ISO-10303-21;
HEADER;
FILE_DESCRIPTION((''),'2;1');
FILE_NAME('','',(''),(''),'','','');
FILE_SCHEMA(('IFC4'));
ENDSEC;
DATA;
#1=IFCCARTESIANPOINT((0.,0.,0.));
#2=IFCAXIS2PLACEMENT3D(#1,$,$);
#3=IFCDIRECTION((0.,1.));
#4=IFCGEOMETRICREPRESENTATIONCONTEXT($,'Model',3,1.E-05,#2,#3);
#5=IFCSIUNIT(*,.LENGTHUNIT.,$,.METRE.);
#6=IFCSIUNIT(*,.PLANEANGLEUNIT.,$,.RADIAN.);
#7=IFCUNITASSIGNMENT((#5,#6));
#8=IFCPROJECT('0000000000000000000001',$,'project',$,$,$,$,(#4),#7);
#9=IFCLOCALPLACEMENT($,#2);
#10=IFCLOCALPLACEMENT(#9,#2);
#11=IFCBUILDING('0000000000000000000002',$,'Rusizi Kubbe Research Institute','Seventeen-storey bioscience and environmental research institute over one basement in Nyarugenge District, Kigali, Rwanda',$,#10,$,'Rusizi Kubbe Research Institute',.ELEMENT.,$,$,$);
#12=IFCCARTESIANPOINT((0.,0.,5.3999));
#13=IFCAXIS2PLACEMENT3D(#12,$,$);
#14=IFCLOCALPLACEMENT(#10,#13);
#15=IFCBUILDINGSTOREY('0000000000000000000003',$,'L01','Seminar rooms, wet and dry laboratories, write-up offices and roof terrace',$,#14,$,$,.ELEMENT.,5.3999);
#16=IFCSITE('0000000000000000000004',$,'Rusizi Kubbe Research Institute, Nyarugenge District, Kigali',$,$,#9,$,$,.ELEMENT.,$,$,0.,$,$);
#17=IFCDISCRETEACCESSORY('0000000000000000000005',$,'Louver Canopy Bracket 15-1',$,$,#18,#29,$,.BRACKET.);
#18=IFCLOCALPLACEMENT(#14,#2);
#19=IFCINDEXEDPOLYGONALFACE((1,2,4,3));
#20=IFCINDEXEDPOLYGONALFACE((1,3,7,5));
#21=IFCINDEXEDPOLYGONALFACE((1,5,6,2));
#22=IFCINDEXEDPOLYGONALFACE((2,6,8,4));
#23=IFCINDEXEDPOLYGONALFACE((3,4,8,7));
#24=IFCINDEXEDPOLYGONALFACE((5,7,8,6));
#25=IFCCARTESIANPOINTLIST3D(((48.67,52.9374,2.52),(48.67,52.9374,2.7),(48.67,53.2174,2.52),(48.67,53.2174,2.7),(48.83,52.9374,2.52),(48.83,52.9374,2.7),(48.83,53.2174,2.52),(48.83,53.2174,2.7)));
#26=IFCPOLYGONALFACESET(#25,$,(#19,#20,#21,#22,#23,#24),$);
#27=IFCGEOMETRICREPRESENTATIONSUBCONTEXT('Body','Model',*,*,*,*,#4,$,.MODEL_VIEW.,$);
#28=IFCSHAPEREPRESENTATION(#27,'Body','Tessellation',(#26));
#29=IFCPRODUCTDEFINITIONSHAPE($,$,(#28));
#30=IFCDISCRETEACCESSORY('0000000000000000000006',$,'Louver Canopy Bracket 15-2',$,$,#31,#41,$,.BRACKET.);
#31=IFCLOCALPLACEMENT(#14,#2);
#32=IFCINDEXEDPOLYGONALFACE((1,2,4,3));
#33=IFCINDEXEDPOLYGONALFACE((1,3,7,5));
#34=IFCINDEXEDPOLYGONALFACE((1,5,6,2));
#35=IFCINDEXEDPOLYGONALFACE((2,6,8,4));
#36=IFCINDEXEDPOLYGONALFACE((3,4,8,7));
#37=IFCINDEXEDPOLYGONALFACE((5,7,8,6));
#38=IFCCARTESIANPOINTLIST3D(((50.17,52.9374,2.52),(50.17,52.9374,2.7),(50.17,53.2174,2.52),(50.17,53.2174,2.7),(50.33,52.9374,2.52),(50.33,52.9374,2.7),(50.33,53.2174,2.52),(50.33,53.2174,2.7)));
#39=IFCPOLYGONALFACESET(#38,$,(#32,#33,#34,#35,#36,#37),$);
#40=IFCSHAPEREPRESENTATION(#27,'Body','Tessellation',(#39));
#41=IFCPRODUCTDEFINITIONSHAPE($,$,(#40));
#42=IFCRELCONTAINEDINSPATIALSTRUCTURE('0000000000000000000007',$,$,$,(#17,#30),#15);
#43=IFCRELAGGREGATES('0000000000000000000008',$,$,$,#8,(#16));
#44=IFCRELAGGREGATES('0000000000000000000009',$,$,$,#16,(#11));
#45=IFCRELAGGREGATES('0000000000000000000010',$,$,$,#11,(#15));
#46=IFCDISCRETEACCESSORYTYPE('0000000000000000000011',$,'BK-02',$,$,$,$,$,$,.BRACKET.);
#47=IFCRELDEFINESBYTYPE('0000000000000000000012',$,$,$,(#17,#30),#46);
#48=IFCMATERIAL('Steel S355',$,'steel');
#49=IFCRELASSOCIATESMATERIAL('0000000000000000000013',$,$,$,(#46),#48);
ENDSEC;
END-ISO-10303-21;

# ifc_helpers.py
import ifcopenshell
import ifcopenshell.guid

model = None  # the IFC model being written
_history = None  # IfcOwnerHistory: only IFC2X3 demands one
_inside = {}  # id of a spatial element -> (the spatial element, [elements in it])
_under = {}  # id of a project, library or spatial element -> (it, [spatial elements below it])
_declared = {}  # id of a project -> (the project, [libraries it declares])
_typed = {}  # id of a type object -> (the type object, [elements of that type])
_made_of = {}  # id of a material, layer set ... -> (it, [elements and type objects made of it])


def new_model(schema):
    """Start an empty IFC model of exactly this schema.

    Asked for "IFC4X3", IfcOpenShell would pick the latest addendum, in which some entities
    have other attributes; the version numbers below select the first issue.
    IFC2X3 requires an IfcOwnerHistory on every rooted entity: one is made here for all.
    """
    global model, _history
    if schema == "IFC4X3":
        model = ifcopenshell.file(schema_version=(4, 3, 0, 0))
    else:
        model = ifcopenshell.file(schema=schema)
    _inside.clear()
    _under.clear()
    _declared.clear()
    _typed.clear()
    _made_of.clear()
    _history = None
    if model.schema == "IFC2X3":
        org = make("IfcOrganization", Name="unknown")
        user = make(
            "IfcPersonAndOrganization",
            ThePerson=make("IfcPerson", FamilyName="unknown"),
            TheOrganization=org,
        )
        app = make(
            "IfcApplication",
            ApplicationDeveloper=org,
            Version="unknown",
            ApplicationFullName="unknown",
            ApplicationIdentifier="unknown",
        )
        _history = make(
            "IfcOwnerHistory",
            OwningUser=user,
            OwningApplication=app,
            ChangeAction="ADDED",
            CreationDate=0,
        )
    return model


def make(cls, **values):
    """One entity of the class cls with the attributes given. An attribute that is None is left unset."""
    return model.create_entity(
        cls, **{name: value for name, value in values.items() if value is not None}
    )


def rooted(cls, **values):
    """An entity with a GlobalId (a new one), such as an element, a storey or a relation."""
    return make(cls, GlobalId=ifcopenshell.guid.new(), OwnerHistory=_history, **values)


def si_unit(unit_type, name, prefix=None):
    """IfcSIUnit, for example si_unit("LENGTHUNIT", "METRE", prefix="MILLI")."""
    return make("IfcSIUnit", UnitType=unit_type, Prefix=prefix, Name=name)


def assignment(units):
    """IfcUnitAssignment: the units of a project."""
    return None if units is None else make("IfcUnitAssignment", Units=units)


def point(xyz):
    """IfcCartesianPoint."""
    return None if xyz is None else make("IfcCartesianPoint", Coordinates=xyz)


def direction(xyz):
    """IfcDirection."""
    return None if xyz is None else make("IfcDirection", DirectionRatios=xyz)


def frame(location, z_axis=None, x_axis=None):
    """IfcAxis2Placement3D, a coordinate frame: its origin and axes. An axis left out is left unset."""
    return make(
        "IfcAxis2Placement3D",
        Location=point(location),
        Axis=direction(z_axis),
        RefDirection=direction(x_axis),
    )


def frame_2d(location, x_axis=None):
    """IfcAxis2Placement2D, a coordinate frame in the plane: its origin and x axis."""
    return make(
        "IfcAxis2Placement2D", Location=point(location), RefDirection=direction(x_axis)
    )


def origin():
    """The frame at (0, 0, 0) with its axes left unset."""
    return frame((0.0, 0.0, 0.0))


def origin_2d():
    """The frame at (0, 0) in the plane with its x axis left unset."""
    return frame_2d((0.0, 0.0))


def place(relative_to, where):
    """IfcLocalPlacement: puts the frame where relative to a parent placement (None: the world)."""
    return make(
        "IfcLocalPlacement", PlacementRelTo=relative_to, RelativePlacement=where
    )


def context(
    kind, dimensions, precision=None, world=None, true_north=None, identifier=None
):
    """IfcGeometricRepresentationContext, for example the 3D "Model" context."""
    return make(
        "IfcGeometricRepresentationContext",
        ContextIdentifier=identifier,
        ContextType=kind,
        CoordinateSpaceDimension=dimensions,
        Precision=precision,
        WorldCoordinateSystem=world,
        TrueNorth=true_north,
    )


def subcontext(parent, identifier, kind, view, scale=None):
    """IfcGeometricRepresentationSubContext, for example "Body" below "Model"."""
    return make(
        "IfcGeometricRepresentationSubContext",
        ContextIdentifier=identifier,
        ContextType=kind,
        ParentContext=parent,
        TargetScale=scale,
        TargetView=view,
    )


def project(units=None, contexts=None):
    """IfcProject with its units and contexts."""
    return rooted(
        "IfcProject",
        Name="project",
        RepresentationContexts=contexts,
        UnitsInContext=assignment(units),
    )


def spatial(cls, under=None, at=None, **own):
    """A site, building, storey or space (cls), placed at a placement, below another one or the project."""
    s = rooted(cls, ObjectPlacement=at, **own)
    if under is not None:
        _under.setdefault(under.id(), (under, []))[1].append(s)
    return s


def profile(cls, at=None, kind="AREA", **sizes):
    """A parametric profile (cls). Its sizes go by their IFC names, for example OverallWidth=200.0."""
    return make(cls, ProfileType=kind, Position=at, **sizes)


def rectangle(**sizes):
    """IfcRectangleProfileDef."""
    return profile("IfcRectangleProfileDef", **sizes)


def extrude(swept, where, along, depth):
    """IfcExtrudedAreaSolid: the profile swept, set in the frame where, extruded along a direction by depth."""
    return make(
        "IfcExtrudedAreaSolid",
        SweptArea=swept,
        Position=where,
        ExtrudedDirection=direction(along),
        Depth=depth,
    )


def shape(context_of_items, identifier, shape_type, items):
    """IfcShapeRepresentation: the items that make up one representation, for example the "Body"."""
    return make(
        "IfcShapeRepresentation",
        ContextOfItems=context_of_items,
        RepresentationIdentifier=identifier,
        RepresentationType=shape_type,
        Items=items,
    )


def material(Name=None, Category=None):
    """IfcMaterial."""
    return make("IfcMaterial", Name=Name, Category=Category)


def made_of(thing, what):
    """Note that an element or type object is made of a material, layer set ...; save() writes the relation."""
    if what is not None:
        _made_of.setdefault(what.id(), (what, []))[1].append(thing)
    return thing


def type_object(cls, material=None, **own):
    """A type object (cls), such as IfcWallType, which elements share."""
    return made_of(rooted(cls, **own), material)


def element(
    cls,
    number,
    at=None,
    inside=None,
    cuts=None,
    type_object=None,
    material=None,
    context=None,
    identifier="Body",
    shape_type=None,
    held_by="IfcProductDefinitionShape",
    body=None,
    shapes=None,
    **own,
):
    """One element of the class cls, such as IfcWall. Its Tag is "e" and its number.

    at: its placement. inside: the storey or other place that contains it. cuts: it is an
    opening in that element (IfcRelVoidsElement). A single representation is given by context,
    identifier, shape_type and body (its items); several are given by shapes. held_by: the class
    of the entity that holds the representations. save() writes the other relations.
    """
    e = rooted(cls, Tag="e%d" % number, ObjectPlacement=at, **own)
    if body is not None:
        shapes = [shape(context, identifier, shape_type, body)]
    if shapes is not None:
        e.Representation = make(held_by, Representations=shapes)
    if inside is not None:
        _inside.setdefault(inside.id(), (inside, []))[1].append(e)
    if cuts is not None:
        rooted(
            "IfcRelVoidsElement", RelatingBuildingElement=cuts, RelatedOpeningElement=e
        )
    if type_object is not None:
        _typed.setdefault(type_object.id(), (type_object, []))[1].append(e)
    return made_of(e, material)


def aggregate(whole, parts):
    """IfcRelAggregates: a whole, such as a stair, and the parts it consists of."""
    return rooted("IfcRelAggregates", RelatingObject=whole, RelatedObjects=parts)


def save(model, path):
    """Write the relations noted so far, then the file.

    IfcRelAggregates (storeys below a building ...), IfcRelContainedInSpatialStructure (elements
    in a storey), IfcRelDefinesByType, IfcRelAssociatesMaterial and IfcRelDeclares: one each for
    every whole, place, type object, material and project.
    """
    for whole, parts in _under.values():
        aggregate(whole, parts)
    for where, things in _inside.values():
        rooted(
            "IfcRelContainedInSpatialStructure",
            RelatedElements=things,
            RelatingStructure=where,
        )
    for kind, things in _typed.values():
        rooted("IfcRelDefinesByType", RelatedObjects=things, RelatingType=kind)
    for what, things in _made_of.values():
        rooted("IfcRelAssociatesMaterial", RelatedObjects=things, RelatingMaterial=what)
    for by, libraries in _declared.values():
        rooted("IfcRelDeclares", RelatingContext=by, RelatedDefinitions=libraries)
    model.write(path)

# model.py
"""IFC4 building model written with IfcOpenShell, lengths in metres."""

from ifc_helpers import new_model, si_unit, direction, frame, origin, origin_2d, place, context, subcontext, project, spatial, rectangle, extrude, material, type_object, element, save


model = new_model("IFC4")

# Units and contexts
model_context = context("Model", 3, precision=1e-05, world=origin(), true_north=direction((0.0, 1.0)))
body_context = subcontext(model_context, "Body", "Model", "MODEL_VIEW")
ifc_project = project(units=[si_unit("LENGTHUNIT", "METRE"), si_unit("PLANEANGLEUNIT", "RADIAN")], contexts=[model_context])

# Site, building, storey
site_placement = place(None, origin())
site = spatial("IfcSite", under=ifc_project, at=site_placement, Name="Rusizi Kubbe Research Institute, Nyarugenge District, Kigali", CompositionType="ELEMENT", RefElevation=0.0)
building_placement = place(site_placement, origin())
building = spatial("IfcBuilding", under=site, at=building_placement, Name="Rusizi Kubbe Research Institute", Description="Seventeen-storey bioscience and environmental research institute over one basement in Nyarugenge District, Kigali, Rwanda", LongName="Rusizi Kubbe Research Institute", CompositionType="ELEMENT")
storey_placement = place(building_placement, frame((0.0, 0.0, 5.3999)))
storey = spatial("IfcBuildingStorey", under=building, at=storey_placement, Name="L01", Description="Seminar rooms, wet and dry laboratories, write-up offices and roof terrace", CompositionType="ELEMENT", Elevation=5.3999)

# Discrete accessories
ifc_material_1 = material(Name="Steel S355", Category="steel")
discrete_accessory_type = type_object("IfcDiscreteAccessoryType", Name="BK-02", PredefinedType="BRACKET", material=ifc_material_1)
for number, where, z_axis, x_axis, name in (
    (1, (48.75, 53.0774, 2.52), (0.0, 0.0, 1.0), (1.0, 0.0, 0.0), "Louver Canopy Bracket 15-1"),
    (2, (50.25, 53.0774, 2.52), (0.0, 0.0, 1.0), (1.0, 0.0, 0.0), "Louver Canopy Bracket 15-2"),
):
    element("IfcDiscreteAccessory", number, at=place(storey_placement, frame(where, z_axis=z_axis, x_axis=x_axis)), inside=storey, type_object=discrete_accessory_type, Name=name, PredefinedType="BRACKET", context=body_context, shape_type="SweptSolid", body=[
        extrude(rectangle(XDim=0.1599, YDim=0.28, at=origin_2d()), origin(), (0.0, 0.0, 1.0), 0.1799),
    ])

save(model, "model.ifc")
